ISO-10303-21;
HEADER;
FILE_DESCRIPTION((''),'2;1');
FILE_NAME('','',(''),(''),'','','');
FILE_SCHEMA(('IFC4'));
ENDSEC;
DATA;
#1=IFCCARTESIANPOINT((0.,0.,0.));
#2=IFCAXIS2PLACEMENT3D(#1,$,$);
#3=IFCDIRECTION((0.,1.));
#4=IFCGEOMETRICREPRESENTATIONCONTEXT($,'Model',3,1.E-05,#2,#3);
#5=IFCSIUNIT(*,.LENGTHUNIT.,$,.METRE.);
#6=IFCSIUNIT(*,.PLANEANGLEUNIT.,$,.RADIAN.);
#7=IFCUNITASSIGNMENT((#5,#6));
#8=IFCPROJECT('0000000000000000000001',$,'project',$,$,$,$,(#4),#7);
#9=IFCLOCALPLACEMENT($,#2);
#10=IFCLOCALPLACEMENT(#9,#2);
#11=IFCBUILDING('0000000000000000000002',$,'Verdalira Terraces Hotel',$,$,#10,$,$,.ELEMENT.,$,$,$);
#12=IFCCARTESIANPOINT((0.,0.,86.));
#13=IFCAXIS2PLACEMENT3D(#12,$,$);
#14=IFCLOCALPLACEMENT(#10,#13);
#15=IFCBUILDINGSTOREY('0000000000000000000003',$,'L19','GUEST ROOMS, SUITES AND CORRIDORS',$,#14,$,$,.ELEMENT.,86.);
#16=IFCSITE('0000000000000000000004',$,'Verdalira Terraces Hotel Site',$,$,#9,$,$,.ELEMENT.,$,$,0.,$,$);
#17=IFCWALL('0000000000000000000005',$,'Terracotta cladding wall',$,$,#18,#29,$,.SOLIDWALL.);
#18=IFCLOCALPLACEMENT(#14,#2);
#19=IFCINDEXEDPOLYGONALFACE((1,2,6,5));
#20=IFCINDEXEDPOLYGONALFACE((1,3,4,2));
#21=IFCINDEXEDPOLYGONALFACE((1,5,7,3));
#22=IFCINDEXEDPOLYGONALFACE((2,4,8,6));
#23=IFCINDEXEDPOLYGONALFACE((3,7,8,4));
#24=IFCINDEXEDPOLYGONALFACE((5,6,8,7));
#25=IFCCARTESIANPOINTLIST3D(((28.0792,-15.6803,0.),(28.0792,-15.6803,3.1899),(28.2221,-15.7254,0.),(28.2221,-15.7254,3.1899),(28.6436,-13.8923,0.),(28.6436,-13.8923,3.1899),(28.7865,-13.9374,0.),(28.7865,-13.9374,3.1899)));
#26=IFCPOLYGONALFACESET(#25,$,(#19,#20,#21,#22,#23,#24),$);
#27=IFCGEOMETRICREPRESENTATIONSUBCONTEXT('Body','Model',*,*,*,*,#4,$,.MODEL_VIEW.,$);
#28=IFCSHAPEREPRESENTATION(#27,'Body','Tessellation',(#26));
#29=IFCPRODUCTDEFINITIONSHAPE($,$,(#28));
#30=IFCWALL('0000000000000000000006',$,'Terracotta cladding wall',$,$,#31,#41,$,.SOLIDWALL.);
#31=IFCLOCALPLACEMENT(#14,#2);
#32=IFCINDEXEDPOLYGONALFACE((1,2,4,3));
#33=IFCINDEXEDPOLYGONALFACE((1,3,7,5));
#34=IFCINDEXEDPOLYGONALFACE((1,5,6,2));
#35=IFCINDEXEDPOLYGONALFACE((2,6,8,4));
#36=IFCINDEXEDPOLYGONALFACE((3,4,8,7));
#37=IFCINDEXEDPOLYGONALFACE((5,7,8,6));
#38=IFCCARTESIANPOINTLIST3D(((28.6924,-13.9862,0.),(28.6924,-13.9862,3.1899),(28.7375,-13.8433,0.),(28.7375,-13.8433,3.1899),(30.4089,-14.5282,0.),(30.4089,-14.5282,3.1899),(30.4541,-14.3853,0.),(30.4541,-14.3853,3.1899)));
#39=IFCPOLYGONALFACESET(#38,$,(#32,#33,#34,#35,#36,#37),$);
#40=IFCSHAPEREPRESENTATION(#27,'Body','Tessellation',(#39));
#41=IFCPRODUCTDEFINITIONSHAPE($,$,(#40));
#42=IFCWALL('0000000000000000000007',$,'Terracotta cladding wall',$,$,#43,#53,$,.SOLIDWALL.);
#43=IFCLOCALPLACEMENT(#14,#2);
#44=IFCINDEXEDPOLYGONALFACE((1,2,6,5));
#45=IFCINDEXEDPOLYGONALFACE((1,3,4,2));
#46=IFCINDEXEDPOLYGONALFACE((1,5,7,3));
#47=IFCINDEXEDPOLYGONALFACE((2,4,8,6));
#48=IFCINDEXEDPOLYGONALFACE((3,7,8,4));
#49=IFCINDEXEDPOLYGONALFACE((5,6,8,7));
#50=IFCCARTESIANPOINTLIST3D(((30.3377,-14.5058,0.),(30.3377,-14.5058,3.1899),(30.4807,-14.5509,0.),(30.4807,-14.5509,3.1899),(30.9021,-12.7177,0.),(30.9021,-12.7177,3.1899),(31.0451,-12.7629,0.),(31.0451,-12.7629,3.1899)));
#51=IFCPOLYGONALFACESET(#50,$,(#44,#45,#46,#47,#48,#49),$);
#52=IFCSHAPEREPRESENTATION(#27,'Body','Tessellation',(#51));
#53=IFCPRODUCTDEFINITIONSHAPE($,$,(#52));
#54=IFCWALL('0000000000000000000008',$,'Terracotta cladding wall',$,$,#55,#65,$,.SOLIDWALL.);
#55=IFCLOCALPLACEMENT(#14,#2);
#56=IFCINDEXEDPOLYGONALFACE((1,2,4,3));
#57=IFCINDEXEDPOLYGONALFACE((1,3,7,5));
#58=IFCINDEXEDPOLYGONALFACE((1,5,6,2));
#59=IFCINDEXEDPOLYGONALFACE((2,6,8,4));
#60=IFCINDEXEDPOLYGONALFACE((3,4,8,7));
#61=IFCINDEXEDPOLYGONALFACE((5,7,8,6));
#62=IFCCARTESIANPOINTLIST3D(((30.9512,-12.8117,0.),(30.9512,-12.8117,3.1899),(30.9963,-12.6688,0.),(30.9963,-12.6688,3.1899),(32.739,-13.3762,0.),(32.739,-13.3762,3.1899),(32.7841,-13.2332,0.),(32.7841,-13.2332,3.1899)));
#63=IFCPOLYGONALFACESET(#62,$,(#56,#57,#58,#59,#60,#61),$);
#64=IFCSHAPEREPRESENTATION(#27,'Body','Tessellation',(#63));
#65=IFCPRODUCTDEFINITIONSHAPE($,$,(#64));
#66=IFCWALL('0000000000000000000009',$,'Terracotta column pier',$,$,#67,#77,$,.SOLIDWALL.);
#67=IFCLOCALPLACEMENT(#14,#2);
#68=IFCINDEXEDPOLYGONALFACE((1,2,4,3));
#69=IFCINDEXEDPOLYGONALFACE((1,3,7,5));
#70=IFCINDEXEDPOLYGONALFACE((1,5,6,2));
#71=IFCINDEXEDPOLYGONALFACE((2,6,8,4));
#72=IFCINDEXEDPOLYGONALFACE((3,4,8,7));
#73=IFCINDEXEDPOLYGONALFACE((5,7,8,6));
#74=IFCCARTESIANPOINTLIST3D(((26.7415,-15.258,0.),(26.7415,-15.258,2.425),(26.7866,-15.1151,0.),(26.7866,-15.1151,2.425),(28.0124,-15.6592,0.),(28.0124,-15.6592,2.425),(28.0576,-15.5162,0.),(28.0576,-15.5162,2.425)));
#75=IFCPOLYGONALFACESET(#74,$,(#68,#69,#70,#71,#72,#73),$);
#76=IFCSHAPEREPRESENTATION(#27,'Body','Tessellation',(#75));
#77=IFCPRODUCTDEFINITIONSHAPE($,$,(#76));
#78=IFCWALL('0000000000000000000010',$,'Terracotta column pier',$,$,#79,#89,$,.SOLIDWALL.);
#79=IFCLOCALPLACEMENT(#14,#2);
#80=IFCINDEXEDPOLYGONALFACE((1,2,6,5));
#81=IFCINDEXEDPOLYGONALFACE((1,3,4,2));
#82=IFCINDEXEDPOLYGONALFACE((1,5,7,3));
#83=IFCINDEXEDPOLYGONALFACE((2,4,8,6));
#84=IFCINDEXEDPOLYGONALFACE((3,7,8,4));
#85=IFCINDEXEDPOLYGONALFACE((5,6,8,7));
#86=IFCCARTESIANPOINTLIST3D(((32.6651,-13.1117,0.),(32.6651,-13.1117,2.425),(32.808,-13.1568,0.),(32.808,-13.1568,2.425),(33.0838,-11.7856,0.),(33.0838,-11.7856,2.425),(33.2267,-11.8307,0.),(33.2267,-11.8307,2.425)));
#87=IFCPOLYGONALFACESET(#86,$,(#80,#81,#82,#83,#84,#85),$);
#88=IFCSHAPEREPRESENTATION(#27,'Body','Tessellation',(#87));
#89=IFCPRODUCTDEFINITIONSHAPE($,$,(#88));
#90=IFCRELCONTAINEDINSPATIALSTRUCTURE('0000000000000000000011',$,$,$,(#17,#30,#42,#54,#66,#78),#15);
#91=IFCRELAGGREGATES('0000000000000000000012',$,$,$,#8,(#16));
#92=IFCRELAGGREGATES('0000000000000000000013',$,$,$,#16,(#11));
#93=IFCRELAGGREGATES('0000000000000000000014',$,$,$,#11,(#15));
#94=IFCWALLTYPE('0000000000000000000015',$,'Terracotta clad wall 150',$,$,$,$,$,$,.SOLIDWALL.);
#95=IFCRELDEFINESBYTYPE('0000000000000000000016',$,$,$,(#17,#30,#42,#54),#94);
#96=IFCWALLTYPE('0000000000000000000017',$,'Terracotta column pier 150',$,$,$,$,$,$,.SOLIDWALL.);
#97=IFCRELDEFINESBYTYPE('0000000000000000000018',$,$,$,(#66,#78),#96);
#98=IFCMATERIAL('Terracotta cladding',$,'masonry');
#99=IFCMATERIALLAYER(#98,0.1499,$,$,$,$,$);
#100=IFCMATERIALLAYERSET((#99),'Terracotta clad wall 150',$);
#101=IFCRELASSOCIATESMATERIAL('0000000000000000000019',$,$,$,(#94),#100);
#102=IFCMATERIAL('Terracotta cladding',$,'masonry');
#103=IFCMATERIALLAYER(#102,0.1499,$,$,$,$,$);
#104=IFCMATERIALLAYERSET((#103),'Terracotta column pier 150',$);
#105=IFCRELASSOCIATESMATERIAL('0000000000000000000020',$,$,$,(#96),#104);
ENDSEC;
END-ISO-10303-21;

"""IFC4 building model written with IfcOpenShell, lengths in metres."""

from ifc_helpers import new_model, si_unit, direction, frame, frame_2d, origin, place, context, subcontext, project, spatial, rectangle, extrude, material, layer, layer_set, type_object, element, save


model = new_model("IFC4")

# Units and contexts
model_context = context("Model", 3, precision=1e-05, world=origin(), true_north=direction((0.0, 1.0)))
body_context = subcontext(model_context, "Body", "Model", "MODEL_VIEW")
ifc_project = project(units=[si_unit("LENGTHUNIT", "METRE"), si_unit("PLANEANGLEUNIT", "RADIAN")], contexts=[model_context])

# Site, building, storey
site_placement = place(None, origin())
site = spatial("IfcSite", under=ifc_project, at=site_placement, Name="Verdalira Terraces Hotel Site", CompositionType="ELEMENT", RefElevation=0.0)
building_placement = place(site_placement, origin())
building = spatial("IfcBuilding", under=site, at=building_placement, Name="Verdalira Terraces Hotel", CompositionType="ELEMENT")
storey_placement = place(building_placement, frame((0.0, 0.0, 86.0)))
storey = spatial("IfcBuildingStorey", under=building, at=storey_placement, Name="L19", Description="GUEST ROOMS, SUITES AND CORRIDORS", CompositionType="ELEMENT", Elevation=86.0)

# Walls
ifc_material_1 = material(Name="Terracotta cladding", Category="masonry")
ifc_layer_1 = layer(ifc_material_1, 0.1499)
ifc_layer_set_1 = layer_set([ifc_layer_1], Name="Terracotta clad wall 150")
wall_type_1 = type_object("IfcWallType", Name="Terracotta clad wall 150", PredefinedType="SOLIDWALL", material=ifc_layer_set_1)
wall_1_placement = place(storey_placement, frame((28.1506, -15.7029, 0.0), z_axis=(0.0, 0.0, 1.0), x_axis=(0.301032, 0.953614, 0.0)))
element("IfcWall", 1, at=wall_1_placement, inside=storey, type_object=wall_type_1, Name="Terracotta cladding wall", PredefinedType="SOLIDWALL", context=body_context, shape_type="SweptSolid", body=[
    extrude(rectangle(XDim=1.875, YDim=0.1499, at=frame_2d((0.9375, 0.0))), origin(), (0.0, 0.0, 1.0), 3.1899),
])
wall_2_placement = place(storey_placement, frame((28.7151, -13.9148, 0.0), z_axis=(0.0, 0.0, 1.0), x_axis=(0.953595, -0.301092, 0.0)))
element("IfcWall", 2, at=wall_2_placement, inside=storey, type_object=wall_type_1, Name="Terracotta cladding wall", PredefinedType="SOLIDWALL", context=body_context, shape_type="SweptSolid", body=[
    extrude(rectangle(XDim=1.8, YDim=0.1499, at=frame_2d((0.8999, 0.0))), origin(), (0.0, 0.0, 1.0), 3.1899),
])
wall_3_placement = place(storey_placement, frame((30.4092, -14.5283, 0.0), z_axis=(0.0, 0.0, 1.0), x_axis=(0.301032, 0.953614, 0.0)))
element("IfcWall", 3, at=wall_3_placement, inside=storey, type_object=wall_type_1, Name="Terracotta cladding wall", PredefinedType="SOLIDWALL", context=body_context, shape_type="SweptSolid", body=[
    extrude(rectangle(XDim=1.875, YDim=0.1499, at=frame_2d((0.9375, 0.0))), origin(), (0.0, 0.0, 1.0), 3.1899),
])
wall_4_placement = place(storey_placement, frame((30.9736, -12.7402, 0.0), z_axis=(0.0, 0.0, 1.0), x_axis=(0.953602, -0.301069, 0.0)))
element("IfcWall", 4, at=wall_4_placement, inside=storey, type_object=wall_type_1, Name="Terracotta cladding wall", PredefinedType="SOLIDWALL", context=body_context, shape_type="SweptSolid", body=[
    extrude(rectangle(XDim=1.8748, YDim=0.1499, at=frame_2d((0.9375, 0.0))), origin(), (0.0, 0.0, 1.0), 3.1899),
])
ifc_material_2 = material(Name="Terracotta cladding", Category="masonry")
ifc_layer_2 = layer(ifc_material_2, 0.1499)
ifc_layer_set_2 = layer_set([ifc_layer_2], Name="Terracotta column pier 150")
wall_type_2 = type_object("IfcWallType", Name="Terracotta column pier 150", PredefinedType="SOLIDWALL", material=ifc_layer_set_2)
wall_5_placement = place(storey_placement, frame((26.7639, -15.1865, 0.0), z_axis=(0.0, 0.0, 1.0), x_axis=(0.953635, -0.300965, 0.0)))
element("IfcWall", 5, at=wall_5_placement, inside=storey, type_object=wall_type_2, Name="Terracotta column pier", PredefinedType="SOLIDWALL", context=body_context, shape_type="SweptSolid", body=[
    extrude(rectangle(XDim=1.3328, YDim=0.1499, at=frame_2d((0.6665, 0.0))), origin(), (0.0, 0.0, 1.0), 2.425),
])
wall_6_placement = place(storey_placement, frame((32.7366, -13.1343, 0.0), z_axis=(0.0, 0.0, 1.0), x_axis=(0.301073, 0.953601, 0.0)))
element("IfcWall", 6, at=wall_6_placement, inside=storey, type_object=wall_type_2, Name="Terracotta column pier", PredefinedType="SOLIDWALL", context=body_context, shape_type="SweptSolid", body=[
    extrude(rectangle(XDim=1.3906, YDim=0.1499, at=frame_2d((0.6953, 0.0))), origin(), (0.0, 0.0, 1.0), 2.425),
])

save(model, "model.ifc")
